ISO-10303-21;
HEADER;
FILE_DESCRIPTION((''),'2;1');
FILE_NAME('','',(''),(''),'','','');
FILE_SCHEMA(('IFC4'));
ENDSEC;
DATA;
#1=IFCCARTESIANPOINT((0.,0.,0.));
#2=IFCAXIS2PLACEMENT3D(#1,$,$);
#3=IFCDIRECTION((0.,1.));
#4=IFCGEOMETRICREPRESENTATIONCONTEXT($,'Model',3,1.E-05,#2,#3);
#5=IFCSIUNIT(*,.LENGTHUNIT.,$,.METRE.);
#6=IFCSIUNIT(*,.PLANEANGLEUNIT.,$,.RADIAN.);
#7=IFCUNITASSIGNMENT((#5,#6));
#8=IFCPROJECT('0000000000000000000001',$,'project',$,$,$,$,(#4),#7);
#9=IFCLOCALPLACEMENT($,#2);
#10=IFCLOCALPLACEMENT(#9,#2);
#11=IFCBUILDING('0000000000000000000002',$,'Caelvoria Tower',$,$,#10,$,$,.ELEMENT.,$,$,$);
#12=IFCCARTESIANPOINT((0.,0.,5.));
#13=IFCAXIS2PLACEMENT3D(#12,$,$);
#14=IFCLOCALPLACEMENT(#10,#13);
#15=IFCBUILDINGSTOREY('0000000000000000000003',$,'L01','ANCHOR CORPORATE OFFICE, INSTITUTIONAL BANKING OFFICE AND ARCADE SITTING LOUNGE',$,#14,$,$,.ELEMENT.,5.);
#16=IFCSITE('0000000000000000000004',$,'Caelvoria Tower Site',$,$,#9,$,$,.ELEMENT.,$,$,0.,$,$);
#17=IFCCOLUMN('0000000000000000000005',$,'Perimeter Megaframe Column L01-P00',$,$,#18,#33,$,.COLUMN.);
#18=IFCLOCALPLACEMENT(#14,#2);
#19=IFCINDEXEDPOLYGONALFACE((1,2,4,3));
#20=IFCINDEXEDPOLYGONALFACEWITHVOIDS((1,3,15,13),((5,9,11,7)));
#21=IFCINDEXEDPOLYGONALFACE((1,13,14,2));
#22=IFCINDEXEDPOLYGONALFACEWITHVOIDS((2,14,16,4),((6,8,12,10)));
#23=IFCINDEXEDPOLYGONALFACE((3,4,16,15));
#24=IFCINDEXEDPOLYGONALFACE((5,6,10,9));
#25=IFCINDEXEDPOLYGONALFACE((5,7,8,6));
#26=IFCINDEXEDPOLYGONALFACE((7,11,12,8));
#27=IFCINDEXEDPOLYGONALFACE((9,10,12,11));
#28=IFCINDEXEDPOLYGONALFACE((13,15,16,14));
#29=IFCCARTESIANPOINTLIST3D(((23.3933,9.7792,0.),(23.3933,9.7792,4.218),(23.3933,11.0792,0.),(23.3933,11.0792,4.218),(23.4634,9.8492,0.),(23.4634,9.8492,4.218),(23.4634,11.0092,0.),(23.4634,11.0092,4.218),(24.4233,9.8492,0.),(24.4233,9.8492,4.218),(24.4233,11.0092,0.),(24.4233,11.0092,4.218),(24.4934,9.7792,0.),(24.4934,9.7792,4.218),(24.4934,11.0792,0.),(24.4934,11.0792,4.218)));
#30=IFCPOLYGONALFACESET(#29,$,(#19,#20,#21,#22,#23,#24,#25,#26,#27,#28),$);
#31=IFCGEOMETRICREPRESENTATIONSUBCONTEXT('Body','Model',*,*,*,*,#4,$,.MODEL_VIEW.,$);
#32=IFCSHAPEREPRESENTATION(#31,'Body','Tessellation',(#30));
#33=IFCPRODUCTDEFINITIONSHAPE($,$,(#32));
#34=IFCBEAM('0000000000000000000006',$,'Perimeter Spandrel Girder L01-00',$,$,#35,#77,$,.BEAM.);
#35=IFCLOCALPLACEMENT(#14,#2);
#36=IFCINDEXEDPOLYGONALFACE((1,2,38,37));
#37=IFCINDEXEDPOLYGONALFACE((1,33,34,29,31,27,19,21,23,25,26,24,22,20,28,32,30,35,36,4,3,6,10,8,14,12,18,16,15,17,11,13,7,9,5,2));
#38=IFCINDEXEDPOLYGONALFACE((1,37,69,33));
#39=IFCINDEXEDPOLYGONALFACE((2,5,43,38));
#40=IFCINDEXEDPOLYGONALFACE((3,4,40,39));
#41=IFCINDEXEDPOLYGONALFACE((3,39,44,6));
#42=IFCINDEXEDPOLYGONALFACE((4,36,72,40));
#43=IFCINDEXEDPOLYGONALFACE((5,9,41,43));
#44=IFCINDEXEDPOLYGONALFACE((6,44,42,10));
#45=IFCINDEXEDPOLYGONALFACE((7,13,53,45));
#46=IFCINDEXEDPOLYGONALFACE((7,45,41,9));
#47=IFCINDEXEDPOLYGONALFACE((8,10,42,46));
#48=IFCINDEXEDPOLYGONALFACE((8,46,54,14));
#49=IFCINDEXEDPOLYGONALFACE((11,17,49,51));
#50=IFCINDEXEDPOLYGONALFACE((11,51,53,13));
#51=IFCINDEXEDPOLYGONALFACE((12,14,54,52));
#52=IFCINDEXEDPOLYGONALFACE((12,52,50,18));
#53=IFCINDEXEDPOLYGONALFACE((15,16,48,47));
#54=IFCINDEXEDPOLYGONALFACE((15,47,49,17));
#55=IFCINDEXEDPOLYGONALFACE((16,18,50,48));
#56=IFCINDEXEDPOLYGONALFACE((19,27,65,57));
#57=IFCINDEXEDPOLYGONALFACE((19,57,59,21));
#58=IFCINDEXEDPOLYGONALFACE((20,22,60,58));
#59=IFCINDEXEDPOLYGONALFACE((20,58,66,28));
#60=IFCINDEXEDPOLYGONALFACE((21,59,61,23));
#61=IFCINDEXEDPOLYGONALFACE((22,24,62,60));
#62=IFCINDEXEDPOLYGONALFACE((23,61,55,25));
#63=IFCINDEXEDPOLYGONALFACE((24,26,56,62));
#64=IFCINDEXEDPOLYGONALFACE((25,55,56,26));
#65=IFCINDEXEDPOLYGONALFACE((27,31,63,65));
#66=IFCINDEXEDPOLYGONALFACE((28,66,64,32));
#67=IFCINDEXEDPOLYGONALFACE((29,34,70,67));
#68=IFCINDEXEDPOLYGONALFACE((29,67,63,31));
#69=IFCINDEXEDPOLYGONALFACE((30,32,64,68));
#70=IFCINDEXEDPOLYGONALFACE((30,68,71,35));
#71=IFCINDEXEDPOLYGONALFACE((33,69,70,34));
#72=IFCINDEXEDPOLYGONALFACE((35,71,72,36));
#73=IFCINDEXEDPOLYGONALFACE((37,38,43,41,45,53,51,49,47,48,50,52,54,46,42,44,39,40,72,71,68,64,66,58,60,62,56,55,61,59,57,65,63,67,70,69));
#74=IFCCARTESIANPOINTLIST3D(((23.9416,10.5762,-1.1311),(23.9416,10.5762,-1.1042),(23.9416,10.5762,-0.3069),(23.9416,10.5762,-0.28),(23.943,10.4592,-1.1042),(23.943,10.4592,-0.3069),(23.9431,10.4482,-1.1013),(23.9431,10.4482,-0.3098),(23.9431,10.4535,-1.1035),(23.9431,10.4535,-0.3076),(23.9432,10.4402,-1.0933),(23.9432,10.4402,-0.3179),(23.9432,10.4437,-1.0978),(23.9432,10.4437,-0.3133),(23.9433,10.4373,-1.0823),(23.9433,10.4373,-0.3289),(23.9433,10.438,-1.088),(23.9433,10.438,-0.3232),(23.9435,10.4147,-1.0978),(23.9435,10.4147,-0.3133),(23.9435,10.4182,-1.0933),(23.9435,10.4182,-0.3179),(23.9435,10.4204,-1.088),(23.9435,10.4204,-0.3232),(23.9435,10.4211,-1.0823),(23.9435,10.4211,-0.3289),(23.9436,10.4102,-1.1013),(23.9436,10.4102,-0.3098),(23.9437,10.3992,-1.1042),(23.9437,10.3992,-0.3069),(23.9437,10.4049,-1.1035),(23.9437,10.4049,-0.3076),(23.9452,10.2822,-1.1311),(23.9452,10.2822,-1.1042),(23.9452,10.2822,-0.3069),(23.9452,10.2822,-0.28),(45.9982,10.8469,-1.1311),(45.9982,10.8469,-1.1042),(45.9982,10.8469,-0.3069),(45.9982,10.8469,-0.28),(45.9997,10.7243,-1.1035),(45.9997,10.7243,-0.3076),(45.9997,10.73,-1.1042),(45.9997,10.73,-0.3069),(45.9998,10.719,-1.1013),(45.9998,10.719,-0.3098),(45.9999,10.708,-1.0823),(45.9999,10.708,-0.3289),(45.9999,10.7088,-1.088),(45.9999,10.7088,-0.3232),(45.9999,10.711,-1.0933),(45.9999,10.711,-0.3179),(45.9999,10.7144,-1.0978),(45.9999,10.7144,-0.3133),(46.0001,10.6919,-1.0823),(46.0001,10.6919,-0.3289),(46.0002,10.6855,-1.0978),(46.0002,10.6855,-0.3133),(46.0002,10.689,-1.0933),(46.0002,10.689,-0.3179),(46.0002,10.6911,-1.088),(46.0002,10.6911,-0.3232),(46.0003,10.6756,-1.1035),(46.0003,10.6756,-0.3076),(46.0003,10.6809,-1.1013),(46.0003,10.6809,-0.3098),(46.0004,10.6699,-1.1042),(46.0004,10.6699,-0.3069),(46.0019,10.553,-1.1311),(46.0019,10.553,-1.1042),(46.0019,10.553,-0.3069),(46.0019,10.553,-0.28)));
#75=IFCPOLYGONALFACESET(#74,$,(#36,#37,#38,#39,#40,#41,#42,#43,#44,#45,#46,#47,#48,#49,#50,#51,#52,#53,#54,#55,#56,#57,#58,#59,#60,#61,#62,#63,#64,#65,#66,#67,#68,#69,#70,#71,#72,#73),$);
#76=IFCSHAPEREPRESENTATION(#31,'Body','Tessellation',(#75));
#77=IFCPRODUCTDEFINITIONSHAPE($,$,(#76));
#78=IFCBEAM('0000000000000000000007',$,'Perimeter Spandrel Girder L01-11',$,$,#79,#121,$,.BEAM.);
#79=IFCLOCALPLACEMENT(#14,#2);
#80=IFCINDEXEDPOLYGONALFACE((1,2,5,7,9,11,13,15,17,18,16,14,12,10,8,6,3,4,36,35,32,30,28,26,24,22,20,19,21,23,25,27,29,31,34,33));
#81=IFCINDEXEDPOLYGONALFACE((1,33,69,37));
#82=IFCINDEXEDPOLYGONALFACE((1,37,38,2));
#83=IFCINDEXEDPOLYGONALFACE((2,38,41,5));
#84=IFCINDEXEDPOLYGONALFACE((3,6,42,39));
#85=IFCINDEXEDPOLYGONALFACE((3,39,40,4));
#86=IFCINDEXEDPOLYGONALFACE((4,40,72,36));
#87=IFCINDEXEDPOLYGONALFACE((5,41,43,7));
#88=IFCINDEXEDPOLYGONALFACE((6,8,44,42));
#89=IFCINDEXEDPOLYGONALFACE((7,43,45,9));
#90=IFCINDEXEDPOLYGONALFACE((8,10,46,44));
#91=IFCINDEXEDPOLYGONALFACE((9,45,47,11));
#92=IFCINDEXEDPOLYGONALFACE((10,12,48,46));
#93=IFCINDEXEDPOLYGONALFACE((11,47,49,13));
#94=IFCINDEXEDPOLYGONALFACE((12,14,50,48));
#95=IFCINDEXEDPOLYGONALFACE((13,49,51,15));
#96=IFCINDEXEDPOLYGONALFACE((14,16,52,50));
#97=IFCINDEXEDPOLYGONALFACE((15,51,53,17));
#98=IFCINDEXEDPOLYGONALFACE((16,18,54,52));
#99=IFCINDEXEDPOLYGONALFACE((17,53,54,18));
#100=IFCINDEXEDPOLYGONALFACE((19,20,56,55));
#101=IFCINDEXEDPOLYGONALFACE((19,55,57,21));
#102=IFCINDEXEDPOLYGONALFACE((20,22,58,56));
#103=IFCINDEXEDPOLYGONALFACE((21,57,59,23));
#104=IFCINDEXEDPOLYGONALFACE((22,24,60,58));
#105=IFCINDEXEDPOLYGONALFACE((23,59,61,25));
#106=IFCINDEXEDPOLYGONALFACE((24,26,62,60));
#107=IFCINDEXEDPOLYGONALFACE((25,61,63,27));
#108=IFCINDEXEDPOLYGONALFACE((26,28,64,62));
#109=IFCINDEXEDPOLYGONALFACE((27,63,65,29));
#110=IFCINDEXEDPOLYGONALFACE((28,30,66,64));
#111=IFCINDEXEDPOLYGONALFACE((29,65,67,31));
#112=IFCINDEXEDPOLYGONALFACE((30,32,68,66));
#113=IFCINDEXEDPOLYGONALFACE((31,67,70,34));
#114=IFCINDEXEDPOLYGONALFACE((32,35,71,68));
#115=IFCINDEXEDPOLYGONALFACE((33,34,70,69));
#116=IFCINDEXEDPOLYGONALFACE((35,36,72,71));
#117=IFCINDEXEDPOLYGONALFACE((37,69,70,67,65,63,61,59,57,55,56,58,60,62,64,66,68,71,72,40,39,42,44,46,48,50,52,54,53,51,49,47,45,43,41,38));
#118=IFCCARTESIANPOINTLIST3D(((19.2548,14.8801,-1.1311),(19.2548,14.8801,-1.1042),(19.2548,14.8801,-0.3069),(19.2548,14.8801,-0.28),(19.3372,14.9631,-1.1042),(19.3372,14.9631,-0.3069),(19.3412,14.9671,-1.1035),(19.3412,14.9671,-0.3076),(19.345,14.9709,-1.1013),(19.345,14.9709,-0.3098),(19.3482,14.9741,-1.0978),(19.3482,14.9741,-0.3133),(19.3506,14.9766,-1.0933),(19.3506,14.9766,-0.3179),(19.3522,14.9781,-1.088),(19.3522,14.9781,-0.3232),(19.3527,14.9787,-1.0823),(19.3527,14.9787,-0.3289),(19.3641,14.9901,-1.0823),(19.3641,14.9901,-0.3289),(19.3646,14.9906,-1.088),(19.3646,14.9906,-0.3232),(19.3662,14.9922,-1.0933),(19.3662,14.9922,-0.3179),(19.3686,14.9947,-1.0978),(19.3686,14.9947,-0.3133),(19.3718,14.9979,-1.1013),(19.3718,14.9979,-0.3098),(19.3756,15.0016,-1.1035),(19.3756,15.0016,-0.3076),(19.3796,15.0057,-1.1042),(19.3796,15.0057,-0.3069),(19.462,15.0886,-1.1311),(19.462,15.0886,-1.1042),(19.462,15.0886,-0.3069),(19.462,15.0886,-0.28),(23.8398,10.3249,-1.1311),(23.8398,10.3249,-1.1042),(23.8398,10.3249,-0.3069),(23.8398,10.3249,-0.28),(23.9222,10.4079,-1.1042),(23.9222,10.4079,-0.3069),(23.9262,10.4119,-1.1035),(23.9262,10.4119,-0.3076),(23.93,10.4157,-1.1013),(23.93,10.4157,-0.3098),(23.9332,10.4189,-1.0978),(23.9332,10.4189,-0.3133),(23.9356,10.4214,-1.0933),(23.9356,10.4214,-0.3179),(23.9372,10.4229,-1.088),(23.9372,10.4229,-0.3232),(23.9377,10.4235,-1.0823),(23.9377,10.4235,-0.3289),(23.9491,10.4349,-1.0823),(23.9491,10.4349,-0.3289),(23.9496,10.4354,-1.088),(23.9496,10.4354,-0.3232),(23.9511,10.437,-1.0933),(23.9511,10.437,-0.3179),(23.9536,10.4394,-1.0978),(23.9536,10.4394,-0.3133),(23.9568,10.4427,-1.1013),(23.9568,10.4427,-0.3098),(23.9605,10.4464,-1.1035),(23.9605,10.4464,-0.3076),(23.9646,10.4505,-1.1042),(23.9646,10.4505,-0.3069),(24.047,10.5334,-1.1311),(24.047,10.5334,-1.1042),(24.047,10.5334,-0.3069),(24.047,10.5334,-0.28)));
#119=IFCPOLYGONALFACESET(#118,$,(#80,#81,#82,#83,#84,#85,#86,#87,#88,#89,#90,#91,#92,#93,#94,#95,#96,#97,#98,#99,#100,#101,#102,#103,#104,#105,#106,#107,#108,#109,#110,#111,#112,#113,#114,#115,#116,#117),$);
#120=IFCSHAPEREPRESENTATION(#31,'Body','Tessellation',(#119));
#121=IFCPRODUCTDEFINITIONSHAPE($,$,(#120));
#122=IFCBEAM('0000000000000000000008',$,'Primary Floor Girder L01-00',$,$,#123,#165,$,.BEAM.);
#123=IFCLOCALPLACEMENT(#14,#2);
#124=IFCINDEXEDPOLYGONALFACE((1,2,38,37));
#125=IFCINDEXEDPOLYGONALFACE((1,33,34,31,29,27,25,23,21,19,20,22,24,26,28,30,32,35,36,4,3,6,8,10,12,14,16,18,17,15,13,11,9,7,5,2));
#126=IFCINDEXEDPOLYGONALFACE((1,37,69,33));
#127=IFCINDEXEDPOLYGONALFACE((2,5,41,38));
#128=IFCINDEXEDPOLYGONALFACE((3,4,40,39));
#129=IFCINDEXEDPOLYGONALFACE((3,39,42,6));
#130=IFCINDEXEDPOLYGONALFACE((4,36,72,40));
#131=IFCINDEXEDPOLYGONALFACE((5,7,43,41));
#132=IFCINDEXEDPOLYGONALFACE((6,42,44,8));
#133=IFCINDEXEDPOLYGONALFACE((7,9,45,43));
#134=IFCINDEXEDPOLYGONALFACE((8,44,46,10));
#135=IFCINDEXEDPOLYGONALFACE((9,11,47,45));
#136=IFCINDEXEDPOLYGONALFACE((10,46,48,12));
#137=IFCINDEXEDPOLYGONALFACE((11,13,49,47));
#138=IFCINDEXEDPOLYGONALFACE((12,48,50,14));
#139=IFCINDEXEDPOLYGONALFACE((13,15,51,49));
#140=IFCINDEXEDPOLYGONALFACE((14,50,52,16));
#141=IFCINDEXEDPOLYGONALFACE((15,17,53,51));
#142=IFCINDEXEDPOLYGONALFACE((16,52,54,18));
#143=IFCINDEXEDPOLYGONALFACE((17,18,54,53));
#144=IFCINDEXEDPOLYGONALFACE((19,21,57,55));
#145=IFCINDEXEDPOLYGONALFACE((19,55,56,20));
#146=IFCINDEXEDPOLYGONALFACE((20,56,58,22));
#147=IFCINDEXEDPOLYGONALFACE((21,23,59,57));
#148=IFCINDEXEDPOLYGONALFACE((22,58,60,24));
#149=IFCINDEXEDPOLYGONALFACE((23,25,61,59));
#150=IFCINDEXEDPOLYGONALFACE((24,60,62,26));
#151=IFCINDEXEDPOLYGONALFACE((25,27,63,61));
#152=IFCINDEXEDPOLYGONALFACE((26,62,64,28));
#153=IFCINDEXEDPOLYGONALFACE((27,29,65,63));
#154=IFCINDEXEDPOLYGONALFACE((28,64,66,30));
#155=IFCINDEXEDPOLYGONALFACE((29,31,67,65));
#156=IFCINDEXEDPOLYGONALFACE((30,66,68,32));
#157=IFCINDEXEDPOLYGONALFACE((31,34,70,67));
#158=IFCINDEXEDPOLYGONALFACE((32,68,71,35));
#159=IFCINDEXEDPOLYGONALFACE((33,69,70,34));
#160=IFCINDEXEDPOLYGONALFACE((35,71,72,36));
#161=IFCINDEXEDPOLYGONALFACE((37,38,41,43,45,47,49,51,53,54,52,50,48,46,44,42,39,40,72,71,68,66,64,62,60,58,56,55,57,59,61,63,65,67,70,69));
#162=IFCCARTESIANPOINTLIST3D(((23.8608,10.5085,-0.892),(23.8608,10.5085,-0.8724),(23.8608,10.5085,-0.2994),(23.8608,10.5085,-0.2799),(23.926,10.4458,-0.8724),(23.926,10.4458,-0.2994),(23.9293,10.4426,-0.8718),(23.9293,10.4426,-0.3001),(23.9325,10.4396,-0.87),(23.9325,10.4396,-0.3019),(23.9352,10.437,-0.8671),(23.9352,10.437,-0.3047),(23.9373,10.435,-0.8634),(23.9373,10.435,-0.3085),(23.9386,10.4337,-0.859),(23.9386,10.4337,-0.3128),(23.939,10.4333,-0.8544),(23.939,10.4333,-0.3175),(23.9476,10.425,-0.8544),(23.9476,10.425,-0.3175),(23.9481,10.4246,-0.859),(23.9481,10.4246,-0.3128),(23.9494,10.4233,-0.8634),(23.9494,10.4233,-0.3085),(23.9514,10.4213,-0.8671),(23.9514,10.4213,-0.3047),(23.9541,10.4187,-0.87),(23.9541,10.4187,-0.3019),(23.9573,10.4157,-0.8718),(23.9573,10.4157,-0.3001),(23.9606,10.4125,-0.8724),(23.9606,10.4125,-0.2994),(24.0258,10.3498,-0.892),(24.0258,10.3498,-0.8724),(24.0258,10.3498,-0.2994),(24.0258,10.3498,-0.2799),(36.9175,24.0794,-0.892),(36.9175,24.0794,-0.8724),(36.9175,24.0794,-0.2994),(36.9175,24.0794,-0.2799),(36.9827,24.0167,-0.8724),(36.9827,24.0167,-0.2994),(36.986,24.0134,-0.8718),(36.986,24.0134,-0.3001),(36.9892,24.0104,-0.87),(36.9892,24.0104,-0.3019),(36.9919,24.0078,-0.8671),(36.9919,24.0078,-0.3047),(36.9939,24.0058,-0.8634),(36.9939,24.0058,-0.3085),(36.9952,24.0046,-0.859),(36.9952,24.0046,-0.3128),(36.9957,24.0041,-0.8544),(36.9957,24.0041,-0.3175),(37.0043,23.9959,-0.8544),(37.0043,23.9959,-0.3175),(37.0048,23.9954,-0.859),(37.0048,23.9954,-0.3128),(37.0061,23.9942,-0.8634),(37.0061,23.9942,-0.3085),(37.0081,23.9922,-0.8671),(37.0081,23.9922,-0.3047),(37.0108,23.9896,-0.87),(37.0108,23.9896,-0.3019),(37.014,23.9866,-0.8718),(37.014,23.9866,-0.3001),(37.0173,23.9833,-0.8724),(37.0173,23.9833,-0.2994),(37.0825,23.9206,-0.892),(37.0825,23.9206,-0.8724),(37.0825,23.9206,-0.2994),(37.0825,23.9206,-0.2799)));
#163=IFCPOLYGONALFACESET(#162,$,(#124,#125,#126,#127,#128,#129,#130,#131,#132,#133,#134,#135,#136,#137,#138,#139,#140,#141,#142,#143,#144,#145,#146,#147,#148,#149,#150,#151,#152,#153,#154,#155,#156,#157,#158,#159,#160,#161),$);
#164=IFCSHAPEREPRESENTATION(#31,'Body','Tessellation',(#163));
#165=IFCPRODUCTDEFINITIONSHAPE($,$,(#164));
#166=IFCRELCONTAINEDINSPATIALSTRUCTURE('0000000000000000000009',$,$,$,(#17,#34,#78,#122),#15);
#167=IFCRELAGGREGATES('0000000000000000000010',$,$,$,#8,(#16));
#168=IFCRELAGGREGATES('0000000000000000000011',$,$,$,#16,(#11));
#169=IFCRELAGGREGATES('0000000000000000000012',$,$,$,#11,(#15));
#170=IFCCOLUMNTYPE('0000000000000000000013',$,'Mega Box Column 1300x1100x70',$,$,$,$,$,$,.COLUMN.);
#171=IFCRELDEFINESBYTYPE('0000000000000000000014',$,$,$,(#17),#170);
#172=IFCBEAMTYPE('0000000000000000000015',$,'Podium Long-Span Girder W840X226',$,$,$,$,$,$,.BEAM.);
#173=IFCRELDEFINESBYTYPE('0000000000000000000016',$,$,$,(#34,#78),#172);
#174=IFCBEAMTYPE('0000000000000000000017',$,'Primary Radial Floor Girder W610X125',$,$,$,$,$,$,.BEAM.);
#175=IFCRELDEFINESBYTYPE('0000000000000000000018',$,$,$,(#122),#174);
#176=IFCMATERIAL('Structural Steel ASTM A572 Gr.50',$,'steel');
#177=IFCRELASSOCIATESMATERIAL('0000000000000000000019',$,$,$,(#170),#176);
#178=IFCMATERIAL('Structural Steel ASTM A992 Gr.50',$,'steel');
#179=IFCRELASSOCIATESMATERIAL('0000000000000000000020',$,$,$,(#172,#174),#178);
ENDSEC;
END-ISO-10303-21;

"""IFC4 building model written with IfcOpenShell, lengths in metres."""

from ifc_helpers import new_model, si_unit, direction, frame, origin, origin_2d, place, context, subcontext, project, spatial, hollow_rectangle, i_section, extrude, material, material_profile, profile_set, type_object, element, save


model = new_model("IFC4")

# Units and contexts
model_context = context("Model", 3, precision=1e-05, world=origin(), true_north=direction((0.0, 1.0)))
body_context = subcontext(model_context, "Body", "Model", "MODEL_VIEW")
ifc_project = project(units=[si_unit("LENGTHUNIT", "METRE"), si_unit("PLANEANGLEUNIT", "RADIAN")], contexts=[model_context])

# Site, building, storey
site_placement = place(None, origin())
site = spatial("IfcSite", under=ifc_project, at=site_placement, Name="Caelvoria Tower Site", CompositionType="ELEMENT", RefElevation=0.0)
building_placement = place(site_placement, origin())
building = spatial("IfcBuilding", under=site, at=building_placement, Name="Caelvoria Tower", CompositionType="ELEMENT")
storey_placement = place(building_placement, frame((0.0, 0.0, 5.0)))
storey = spatial("IfcBuildingStorey", under=building, at=storey_placement, Name="L01", Description="ANCHOR CORPORATE OFFICE, INSTITUTIONAL BANKING OFFICE AND ARCADE SITTING LOUNGE", CompositionType="ELEMENT", Elevation=5.0)

# Column
ifc_material_1 = material(Name="Structural Steel ASTM A572 Gr.50", Category="steel")
ifc_material_profile_1 = material_profile(ifc_material_1, hollow_rectangle(XDim=1.1001, YDim=1.3, WallThickness=0.0701, at=origin_2d()), Name="Structural Steel ASTM A572 Gr.50")
ifc_profile_set_1 = profile_set([ifc_material_profile_1], Name="BOX1300X1100X70 - Structural Steel ASTM A572 Gr.50")
column_type = type_object("IfcColumnType", Name="Mega Box Column 1300x1100x70", PredefinedType="COLUMN", material=ifc_profile_set_1)
column_placement = place(storey_placement, frame((23.9434, 10.4292, 0.0), z_axis=(0.0, 0.0, 1.0), x_axis=(1.0, 0.0, 0.0)))
element("IfcColumn", 1, at=column_placement, inside=storey, type_object=column_type, Name="Perimeter Megaframe Column L01-P00", PredefinedType="COLUMN", context=body_context, shape_type="SweptSolid", body=[
    extrude(hollow_rectangle(XDim=1.1001, YDim=1.3, WallThickness=0.0701, at=origin_2d()), origin(), (0.0, 0.0, 1.0), 4.218),
])

# Beams
ifc_material_2 = material(Name="Structural Steel ASTM A992 Gr.50", Category="steel")
ifc_material_profile_2 = material_profile(ifc_material_2, i_section(OverallWidth=0.2939, OverallDepth=0.8511, WebThickness=0.0161, FlangeThickness=0.0269, FilletRadius=0.022, at=origin_2d()), Name="Structural Steel ASTM A992 Gr.50")
ifc_profile_set_2 = profile_set([ifc_material_profile_2], Name="W840X226 - Structural Steel ASTM A992 Gr.50")
beam_type_1 = type_object("IfcBeamType", Name="Podium Long-Span Girder W840X226", PredefinedType="BEAM", material=ifc_profile_set_2)
beam_1_placement = place(storey_placement, frame((23.9434, 10.4292, -0.7056), z_axis=(0.999925, 0.012274, 0.0), x_axis=(-0.012274, 0.999925, 0.0)))
element("IfcBeam", 2, at=beam_1_placement, inside=storey, type_object=beam_type_1, Name="Perimeter Spandrel Girder L01-00", PredefinedType="BEAM", context=body_context, shape_type="SweptSolid", body=[
    extrude(i_section(OverallWidth=0.2939, OverallDepth=0.8511, WebThickness=0.0161, FlangeThickness=0.0269, FilletRadius=0.022, at=origin_2d()), origin(), (0.0, 0.0, 1.0), 22.0583),
])
beam_2_placement = place(storey_placement, frame((19.3584, 14.9844, -0.7056), z_axis=(0.709407, -0.704799, 0.0), x_axis=(0.704799, 0.709407, 0.0)))
element("IfcBeam", 3, at=beam_2_placement, inside=storey, type_object=beam_type_1, Name="Perimeter Spandrel Girder L01-11", PredefinedType="BEAM", context=body_context, shape_type="SweptSolid", body=[
    extrude(i_section(OverallWidth=0.2939, OverallDepth=0.8511, WebThickness=0.0161, FlangeThickness=0.0269, FilletRadius=0.022, at=origin_2d()), origin(), (0.0, 0.0, 1.0), 6.4631),
])
ifc_material_profile_3 = material_profile(ifc_material_2, i_section(OverallWidth=0.229, OverallDepth=0.6121, WebThickness=0.012, FlangeThickness=0.0195, FilletRadius=0.0181, at=origin_2d()), Name="Structural Steel ASTM A992 Gr.50")
ifc_profile_set_3 = profile_set([ifc_material_profile_3], Name="W610X125 - Structural Steel ASTM A992 Gr.50")
beam_type_2 = type_object("IfcBeamType", Name="Primary Radial Floor Girder W610X125", PredefinedType="BEAM", material=ifc_profile_set_3)
beam_3_placement = place(storey_placement, frame((37.0, 24.0, -0.5859), z_axis=(-0.693324, -0.720626, 0.0), x_axis=(0.720626, -0.693324, 0.0)))
element("IfcBeam", 4, at=beam_3_placement, inside=storey, type_object=beam_type_2, Name="Primary Floor Girder L01-00", PredefinedType="BEAM", context=body_context, shape_type="SweptSolid", body=[
    extrude(i_section(OverallWidth=0.229, OverallDepth=0.6121, WebThickness=0.012, FlangeThickness=0.0195, FilletRadius=0.0181, at=origin_2d()), origin(), (0.0, 0.0, 1.0), 18.832),
])

save(model, "model.ifc")
